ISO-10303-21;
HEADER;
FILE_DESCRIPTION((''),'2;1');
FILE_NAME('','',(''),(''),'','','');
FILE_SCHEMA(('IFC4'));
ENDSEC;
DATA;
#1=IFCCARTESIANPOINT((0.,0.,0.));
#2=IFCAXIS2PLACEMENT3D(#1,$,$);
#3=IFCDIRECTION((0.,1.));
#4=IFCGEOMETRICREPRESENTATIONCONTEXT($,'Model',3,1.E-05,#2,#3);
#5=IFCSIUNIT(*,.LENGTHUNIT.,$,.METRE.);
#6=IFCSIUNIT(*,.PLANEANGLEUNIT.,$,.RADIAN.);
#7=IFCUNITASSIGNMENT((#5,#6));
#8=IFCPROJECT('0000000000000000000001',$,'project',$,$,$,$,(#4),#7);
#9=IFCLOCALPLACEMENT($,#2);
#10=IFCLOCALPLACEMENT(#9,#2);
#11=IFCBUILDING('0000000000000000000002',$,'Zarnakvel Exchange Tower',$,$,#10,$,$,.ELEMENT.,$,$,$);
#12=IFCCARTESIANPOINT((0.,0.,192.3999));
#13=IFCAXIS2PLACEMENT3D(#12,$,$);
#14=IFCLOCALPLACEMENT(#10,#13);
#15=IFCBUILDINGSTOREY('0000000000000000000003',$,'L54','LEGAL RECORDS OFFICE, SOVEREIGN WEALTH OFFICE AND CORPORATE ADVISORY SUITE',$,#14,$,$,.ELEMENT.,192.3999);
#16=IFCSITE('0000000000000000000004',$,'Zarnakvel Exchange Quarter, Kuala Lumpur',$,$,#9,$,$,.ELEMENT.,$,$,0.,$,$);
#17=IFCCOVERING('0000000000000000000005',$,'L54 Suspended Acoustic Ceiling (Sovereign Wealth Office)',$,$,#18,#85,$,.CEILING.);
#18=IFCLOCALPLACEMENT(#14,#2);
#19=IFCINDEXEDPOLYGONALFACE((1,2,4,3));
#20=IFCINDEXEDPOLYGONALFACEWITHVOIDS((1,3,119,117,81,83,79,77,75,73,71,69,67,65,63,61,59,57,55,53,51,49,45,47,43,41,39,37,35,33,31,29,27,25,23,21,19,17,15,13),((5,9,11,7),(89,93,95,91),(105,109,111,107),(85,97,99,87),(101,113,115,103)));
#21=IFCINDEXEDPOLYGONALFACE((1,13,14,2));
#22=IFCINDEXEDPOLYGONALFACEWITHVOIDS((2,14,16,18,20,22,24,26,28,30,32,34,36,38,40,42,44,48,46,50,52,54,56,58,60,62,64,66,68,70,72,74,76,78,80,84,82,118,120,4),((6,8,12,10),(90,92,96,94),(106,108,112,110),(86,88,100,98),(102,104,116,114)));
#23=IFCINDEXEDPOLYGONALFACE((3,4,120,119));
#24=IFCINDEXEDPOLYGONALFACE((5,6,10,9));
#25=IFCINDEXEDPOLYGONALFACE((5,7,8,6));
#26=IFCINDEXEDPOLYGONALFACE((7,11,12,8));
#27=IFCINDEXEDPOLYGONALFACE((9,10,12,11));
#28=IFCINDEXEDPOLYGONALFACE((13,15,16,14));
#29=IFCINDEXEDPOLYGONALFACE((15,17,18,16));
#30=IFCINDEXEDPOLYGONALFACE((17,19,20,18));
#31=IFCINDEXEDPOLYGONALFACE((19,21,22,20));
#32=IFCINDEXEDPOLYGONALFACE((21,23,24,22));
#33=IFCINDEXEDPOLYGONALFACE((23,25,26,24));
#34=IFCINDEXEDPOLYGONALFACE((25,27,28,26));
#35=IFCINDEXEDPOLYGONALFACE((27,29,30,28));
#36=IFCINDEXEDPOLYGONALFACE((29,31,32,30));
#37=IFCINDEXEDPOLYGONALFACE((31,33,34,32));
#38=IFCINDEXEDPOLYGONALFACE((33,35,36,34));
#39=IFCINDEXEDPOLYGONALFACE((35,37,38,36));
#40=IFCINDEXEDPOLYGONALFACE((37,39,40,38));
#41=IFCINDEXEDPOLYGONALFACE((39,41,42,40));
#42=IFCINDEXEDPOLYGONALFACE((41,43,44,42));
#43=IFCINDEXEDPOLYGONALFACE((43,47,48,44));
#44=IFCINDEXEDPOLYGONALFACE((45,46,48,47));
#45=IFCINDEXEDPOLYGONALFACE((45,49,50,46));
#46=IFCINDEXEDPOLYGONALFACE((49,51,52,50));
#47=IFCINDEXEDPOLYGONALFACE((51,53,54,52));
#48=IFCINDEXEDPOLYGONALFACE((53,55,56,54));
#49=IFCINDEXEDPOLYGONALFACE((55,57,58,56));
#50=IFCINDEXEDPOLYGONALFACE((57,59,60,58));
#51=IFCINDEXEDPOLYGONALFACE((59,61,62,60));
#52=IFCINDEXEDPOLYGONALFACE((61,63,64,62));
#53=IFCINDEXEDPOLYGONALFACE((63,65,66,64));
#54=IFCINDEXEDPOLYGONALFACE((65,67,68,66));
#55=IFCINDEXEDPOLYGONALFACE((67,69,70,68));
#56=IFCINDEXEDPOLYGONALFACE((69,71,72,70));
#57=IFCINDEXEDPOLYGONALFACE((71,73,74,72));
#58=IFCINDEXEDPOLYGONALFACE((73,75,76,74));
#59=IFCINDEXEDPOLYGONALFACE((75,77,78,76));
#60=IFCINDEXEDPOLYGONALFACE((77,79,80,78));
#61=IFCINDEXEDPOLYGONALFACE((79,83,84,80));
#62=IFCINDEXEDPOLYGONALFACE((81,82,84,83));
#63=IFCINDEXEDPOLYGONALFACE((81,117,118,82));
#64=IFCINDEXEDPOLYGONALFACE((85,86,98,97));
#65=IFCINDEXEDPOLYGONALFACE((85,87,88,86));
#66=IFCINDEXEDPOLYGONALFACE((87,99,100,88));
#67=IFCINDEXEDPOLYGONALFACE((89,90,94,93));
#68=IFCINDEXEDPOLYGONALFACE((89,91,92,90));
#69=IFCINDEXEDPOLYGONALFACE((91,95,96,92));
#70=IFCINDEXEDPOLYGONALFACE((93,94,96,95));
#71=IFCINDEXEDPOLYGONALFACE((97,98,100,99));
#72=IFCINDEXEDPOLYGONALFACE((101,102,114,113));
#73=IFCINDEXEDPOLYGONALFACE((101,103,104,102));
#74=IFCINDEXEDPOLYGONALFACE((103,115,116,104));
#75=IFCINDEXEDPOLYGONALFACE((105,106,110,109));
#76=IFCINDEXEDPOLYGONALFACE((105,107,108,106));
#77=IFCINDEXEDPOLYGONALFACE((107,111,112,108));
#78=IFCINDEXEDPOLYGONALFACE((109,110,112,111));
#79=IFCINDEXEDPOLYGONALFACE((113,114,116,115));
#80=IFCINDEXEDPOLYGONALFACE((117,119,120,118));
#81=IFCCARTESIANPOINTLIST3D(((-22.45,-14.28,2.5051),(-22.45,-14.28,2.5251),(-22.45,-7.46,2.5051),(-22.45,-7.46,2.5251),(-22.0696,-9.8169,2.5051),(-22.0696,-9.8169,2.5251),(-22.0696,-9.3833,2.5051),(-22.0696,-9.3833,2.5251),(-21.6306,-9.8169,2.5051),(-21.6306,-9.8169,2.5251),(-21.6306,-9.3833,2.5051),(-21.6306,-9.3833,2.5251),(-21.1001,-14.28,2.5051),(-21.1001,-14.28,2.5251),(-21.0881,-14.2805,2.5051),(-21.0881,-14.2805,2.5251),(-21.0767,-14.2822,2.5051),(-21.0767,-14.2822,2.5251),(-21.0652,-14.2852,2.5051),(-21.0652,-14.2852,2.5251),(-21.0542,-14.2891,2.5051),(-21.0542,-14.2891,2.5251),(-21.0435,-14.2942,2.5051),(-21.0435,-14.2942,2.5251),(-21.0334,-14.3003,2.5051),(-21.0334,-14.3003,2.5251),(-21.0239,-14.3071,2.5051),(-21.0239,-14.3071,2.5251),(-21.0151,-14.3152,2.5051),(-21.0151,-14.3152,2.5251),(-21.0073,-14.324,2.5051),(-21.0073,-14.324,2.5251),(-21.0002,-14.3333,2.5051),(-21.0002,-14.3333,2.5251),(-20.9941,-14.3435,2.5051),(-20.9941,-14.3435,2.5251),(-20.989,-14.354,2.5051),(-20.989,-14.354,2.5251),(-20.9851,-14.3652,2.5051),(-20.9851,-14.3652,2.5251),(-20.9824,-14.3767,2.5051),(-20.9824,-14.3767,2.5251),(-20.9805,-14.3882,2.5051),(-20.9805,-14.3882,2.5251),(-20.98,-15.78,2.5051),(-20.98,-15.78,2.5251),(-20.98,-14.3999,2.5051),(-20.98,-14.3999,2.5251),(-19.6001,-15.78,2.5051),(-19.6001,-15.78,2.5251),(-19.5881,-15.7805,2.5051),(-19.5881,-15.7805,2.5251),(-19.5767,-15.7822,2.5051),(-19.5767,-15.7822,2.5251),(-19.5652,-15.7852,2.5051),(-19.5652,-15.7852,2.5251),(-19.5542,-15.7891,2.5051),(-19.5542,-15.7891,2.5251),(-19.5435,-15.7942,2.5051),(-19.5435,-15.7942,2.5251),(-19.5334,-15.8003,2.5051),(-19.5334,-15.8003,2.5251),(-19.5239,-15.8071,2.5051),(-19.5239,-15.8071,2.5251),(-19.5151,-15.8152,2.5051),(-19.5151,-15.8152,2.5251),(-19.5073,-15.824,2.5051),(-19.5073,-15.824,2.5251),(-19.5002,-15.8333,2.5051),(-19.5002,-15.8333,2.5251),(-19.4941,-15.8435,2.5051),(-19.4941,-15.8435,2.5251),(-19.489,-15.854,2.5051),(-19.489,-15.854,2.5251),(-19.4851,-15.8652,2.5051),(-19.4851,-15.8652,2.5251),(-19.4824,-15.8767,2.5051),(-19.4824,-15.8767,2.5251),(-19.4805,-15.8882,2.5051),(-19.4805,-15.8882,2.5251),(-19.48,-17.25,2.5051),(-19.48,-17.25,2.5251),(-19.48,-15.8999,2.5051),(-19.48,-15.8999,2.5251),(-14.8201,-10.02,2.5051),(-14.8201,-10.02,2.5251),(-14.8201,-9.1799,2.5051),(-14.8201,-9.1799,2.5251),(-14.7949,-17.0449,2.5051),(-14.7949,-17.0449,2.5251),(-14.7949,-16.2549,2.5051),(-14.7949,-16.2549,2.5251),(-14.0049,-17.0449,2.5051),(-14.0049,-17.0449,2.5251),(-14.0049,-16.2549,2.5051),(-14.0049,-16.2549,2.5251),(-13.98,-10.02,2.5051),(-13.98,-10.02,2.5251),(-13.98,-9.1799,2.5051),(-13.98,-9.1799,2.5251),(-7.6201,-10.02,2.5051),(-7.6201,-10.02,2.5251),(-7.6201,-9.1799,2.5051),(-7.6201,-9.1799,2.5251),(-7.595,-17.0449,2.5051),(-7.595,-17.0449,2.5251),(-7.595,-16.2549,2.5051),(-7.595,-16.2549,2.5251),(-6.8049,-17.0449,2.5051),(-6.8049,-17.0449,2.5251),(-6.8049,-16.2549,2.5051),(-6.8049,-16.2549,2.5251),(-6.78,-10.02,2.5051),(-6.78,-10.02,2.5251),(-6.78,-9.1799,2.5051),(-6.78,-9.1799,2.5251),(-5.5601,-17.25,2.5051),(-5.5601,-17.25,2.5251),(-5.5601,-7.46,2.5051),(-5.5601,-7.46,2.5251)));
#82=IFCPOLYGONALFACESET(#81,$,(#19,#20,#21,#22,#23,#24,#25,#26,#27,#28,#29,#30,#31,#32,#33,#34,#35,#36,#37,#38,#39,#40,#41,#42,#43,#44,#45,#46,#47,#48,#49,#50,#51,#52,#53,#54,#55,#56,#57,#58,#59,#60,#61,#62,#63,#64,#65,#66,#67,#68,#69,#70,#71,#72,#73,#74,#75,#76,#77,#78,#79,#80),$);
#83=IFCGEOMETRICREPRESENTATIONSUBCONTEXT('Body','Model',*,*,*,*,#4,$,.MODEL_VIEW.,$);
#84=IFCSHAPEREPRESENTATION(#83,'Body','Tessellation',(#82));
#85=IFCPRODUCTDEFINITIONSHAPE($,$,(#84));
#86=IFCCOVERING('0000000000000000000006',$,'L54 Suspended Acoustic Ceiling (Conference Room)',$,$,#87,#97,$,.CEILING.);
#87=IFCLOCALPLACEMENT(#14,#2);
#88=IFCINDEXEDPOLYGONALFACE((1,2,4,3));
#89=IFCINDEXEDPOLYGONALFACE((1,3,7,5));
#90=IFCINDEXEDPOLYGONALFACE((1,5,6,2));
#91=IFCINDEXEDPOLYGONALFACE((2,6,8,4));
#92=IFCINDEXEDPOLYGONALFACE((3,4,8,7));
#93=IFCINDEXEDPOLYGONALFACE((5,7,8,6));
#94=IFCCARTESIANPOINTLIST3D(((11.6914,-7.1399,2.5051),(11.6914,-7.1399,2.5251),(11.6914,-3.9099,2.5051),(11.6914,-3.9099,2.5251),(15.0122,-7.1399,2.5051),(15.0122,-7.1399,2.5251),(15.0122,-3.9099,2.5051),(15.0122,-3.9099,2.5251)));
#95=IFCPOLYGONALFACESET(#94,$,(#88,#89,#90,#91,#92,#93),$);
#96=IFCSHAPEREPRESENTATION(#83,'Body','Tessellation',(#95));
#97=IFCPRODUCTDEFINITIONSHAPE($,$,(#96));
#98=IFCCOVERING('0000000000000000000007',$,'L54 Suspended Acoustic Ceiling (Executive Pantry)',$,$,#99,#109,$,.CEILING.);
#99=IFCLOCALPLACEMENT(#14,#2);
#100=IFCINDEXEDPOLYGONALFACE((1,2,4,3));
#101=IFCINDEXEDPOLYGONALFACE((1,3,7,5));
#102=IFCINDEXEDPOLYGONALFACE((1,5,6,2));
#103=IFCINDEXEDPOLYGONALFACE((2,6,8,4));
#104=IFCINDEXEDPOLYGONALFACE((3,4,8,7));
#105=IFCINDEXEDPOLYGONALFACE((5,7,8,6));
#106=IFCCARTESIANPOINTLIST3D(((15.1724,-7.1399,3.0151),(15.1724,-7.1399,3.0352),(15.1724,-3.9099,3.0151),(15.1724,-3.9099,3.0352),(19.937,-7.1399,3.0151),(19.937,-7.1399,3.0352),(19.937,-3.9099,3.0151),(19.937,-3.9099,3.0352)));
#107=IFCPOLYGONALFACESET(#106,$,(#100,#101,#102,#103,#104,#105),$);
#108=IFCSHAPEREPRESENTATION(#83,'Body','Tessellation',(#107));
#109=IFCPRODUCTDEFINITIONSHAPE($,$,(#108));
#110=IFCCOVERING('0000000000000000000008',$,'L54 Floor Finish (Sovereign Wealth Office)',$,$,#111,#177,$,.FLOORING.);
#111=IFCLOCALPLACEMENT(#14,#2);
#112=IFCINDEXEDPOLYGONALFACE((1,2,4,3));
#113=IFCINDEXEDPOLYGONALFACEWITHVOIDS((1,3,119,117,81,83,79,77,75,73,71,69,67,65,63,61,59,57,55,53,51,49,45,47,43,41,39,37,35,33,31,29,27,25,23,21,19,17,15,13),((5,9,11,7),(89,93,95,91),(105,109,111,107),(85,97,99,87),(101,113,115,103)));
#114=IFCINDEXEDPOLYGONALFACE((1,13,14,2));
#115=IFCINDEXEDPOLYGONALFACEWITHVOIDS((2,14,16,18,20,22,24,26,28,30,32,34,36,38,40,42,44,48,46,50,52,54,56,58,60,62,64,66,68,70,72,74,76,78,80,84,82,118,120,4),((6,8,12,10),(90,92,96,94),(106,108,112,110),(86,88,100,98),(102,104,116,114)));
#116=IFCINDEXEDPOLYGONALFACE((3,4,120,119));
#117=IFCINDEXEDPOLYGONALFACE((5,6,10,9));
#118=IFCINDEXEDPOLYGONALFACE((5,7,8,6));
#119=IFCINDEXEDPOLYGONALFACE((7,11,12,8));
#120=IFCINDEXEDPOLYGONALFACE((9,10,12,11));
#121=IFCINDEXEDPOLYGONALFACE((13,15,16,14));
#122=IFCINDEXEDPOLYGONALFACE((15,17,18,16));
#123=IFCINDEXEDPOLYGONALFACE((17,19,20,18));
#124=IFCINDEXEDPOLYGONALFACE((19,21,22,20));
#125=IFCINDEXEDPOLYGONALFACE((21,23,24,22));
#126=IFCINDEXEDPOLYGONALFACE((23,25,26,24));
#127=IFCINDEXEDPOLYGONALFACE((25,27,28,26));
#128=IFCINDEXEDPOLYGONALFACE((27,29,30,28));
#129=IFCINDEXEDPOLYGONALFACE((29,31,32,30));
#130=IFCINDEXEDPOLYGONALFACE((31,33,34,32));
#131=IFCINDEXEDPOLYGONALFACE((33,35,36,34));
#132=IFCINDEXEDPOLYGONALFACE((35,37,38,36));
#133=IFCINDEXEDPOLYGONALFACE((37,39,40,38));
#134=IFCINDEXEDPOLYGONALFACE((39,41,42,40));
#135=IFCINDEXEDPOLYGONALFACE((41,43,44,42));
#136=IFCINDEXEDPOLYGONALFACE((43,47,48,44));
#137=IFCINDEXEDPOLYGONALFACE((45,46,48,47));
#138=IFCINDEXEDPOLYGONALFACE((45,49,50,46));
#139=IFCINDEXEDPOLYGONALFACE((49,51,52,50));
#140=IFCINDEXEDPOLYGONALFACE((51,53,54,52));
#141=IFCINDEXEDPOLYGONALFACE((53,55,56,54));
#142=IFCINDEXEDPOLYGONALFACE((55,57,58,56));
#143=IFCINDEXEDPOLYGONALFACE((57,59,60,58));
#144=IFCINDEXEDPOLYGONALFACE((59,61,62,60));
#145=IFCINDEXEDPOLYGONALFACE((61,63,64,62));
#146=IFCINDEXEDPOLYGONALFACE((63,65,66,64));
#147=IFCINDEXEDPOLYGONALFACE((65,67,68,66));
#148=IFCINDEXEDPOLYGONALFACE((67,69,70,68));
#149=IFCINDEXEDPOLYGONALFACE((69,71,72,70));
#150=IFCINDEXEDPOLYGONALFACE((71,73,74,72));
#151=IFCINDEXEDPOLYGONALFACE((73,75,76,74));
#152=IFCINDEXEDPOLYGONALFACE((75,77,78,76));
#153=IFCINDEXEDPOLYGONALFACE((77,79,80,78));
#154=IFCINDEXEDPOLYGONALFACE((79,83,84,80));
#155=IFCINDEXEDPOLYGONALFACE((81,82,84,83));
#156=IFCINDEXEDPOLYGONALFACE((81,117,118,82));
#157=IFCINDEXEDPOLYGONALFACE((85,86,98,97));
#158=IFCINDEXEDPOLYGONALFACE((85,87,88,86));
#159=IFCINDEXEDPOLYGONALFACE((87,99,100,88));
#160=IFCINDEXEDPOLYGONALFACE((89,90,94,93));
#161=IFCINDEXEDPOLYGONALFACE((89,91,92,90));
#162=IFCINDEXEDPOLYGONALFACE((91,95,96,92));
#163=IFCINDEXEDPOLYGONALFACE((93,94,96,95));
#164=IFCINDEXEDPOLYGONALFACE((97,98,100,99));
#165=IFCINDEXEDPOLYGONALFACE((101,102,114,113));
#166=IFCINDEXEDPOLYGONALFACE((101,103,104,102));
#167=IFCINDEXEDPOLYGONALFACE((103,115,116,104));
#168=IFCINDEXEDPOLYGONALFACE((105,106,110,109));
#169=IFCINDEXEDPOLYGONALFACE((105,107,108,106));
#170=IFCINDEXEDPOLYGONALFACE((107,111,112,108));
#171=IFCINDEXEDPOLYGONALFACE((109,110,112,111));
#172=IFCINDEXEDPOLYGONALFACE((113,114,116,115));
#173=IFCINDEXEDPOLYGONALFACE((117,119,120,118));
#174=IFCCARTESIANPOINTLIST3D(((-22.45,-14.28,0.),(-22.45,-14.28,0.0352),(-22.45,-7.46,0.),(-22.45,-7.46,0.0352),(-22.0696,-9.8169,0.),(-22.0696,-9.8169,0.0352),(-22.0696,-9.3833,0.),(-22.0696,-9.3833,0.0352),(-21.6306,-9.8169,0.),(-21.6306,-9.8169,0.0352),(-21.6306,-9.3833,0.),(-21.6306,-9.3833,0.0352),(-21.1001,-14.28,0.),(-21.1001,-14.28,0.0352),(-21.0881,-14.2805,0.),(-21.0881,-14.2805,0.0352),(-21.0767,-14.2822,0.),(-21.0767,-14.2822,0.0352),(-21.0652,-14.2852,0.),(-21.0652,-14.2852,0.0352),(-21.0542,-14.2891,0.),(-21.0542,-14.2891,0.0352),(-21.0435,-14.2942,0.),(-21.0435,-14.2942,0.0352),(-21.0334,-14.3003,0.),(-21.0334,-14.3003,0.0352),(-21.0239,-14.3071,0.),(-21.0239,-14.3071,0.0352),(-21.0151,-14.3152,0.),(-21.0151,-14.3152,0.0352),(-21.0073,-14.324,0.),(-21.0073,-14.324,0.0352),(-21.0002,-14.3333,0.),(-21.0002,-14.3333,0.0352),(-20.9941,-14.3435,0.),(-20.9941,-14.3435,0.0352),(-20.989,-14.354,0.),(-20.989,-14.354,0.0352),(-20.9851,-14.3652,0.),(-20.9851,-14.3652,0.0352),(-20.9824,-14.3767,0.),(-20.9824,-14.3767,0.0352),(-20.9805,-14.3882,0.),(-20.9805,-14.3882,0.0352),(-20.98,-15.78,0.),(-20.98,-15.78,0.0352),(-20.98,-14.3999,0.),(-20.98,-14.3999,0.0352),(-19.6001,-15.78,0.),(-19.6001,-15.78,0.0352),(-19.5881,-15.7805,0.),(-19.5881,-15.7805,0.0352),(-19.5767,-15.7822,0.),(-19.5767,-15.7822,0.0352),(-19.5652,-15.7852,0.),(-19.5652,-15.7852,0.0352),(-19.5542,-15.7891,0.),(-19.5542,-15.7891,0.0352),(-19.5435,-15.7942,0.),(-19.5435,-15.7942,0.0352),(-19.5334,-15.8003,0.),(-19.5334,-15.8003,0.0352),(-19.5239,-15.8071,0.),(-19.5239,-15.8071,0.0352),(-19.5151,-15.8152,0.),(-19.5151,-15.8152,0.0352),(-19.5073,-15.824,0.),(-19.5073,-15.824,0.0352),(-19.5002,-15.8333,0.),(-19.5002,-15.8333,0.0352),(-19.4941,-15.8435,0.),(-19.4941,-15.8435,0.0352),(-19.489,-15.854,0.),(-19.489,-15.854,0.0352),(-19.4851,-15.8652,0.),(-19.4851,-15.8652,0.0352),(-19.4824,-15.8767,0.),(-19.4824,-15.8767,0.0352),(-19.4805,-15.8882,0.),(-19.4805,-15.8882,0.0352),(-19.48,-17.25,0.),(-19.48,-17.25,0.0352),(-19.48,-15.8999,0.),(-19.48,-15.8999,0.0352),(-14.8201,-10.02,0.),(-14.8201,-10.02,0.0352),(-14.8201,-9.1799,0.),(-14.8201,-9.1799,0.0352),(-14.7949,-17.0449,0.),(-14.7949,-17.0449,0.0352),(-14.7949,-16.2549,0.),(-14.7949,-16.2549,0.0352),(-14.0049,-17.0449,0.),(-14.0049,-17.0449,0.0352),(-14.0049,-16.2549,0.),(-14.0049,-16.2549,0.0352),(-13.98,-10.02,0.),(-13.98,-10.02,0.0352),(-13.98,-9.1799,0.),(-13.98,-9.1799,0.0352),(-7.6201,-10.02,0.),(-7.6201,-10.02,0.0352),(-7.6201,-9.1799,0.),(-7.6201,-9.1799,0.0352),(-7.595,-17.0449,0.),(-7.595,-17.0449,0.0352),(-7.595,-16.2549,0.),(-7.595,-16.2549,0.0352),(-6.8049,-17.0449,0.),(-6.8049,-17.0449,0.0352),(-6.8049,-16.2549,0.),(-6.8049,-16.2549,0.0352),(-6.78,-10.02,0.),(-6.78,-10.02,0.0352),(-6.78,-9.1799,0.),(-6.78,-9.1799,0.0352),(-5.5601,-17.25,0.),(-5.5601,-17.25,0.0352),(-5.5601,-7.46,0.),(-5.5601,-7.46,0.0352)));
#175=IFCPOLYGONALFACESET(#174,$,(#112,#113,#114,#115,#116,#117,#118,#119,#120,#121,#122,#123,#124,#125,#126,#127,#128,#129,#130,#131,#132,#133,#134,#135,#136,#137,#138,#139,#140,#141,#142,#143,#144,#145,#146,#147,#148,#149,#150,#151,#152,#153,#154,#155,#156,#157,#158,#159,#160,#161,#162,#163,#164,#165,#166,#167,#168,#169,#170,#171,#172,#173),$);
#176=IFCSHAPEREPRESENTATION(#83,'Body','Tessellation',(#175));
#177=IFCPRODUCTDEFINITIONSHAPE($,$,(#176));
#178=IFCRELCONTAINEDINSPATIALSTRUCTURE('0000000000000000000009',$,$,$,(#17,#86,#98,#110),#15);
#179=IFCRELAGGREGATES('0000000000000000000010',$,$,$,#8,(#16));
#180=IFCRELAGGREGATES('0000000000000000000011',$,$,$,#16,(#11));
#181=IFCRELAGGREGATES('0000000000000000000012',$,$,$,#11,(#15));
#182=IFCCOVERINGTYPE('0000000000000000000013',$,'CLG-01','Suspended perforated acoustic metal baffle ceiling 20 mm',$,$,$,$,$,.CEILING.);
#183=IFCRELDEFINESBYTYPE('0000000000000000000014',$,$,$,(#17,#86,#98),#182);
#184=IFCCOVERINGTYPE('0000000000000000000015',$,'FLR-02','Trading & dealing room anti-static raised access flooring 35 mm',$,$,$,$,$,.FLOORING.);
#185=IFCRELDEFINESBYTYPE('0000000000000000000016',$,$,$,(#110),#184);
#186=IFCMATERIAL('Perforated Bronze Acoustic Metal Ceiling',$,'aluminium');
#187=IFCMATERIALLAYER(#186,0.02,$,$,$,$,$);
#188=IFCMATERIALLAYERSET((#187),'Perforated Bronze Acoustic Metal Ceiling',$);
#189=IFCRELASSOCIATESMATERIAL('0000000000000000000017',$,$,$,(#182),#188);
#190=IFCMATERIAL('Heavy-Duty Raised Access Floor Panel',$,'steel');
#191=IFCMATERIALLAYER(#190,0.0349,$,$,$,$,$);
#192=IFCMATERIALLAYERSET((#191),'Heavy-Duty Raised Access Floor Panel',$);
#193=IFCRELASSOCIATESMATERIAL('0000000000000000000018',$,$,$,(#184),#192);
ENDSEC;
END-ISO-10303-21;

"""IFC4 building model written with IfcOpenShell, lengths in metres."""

from ifc_helpers import new_model, si_unit, direction, frame, origin, place, context, subcontext, project, spatial, polyline, outline, extrude, material, layer, layer_set, type_object, element, save


model = new_model("IFC4")

# Units and contexts
model_context = context("Model", 3, precision=1e-05, world=origin(), true_north=direction((0.0, 1.0)))
body_context = subcontext(model_context, "Body", "Model", "MODEL_VIEW")
ifc_project = project(units=[si_unit("LENGTHUNIT", "METRE"), si_unit("PLANEANGLEUNIT", "RADIAN")], contexts=[model_context])

# Site, building, storey
site_placement = place(None, origin())
site = spatial("IfcSite", under=ifc_project, at=site_placement, Name="Zarnakvel Exchange Quarter, Kuala Lumpur", CompositionType="ELEMENT", RefElevation=0.0)
building_placement = place(site_placement, origin())
building = spatial("IfcBuilding", under=site, at=building_placement, Name="Zarnakvel Exchange Tower", CompositionType="ELEMENT")
storey_placement = place(building_placement, frame((0.0, 0.0, 192.3999)))
storey = spatial("IfcBuildingStorey", under=building, at=storey_placement, Name="L54", Description="LEGAL RECORDS OFFICE, SOVEREIGN WEALTH OFFICE AND CORPORATE ADVISORY SUITE", CompositionType="ELEMENT", Elevation=192.3999)

# Coverings
ifc_material_1 = material(Name="Perforated Bronze Acoustic Metal Ceiling", Category="aluminium")
ifc_layer_1 = layer(ifc_material_1, 0.02)
ifc_layer_set_1 = layer_set([ifc_layer_1], Name="Perforated Bronze Acoustic Metal Ceiling")
covering_type_1 = type_object("IfcCoveringType", Name="CLG-01", Description="Suspended perforated acoustic metal baffle ceiling 20 mm", PredefinedType="CEILING", material=ifc_layer_set_1)
covering_1_placement = place(storey_placement, frame((0.0, 0.0, 2.5051)))
element("IfcCovering", 1, at=covering_1_placement, inside=storey, type_object=covering_type_1, Name="L54 Suspended Acoustic Ceiling (Sovereign Wealth Office)", PredefinedType="CEILING", context=body_context, shape_type="SweptSolid", body=[
    extrude(outline(polyline([(-5.5601, -7.46), (-5.5601, -17.25), (-19.48, -17.25), (-19.48, -15.8999), (-19.4805, -15.8882), (-19.4824, -15.8767), (-19.4851, -15.8652), (-19.489, -15.854), (-19.4941, -15.8435), (-19.5002, -15.8333), (-19.5073, -15.824), (-19.5151, -15.8152), (-19.5239, -15.8071), (-19.5334, -15.8003), (-19.5435, -15.7942), (-19.5542, -15.7891), (-19.5652, -15.7852), (-19.5767, -15.7822), (-19.5881, -15.7805), (-19.6001, -15.78), (-20.98, -15.78), (-20.98, -14.3999), (-20.9805, -14.3882), (-20.9824, -14.3767), (-20.9851, -14.3652), (-20.989, -14.354), (-20.9941, -14.3435), (-21.0002, -14.3333), (-21.0073, -14.324), (-21.0151, -14.3152), (-21.0239, -14.3071), (-21.0334, -14.3003), (-21.0435, -14.2942), (-21.0542, -14.2891), (-21.0652, -14.2852), (-21.0767, -14.2822), (-21.0881, -14.2805), (-21.1001, -14.28), (-22.45, -14.28), (-22.45, -7.46), (-5.5601, -7.46)]), holes=[polyline([(-6.78, -10.02), (-6.78, -9.1799), (-7.6201, -9.1799), (-7.6201, -10.02), (-6.78, -10.02)]), polyline([(-6.8049, -17.0449), (-6.8049, -16.2549), (-7.595, -16.2549), (-7.595, -17.0449), (-6.8049, -17.0449)]), polyline([(-13.98, -10.02), (-13.98, -9.1799), (-14.8201, -9.1799), (-14.8201, -10.02), (-13.98, -10.02)]), polyline([(-14.0049, -16.2549), (-14.7949, -16.2549), (-14.7949, -17.0449), (-14.0049, -17.0449), (-14.0049, -16.2549)]), polyline([(-21.6306, -9.8169), (-21.6306, -9.3833), (-22.0696, -9.3833), (-22.0696, -9.8169), (-21.6306, -9.8169)])]), origin(), (0.0, 0.0, 1.0), 0.02),
])
covering_2_placement = place(storey_placement, frame((0.0, 0.0, 2.5051)))
element("IfcCovering", 2, at=covering_2_placement, inside=storey, type_object=covering_type_1, Name="L54 Suspended Acoustic Ceiling (Conference Room)", PredefinedType="CEILING", context=body_context, shape_type="SweptSolid", body=[
    extrude(outline(polyline([(11.6914, -3.9099), (15.0122, -3.9099), (15.0122, -7.1399), (11.6914, -7.1399), (11.6914, -3.9099)])), origin(), (0.0, 0.0, 1.0), 0.02),
])
covering_3_placement = place(storey_placement, frame((0.0, 0.0, 3.0151)))
element("IfcCovering", 3, at=covering_3_placement, inside=storey, type_object=covering_type_1, Name="L54 Suspended Acoustic Ceiling (Executive Pantry)", PredefinedType="CEILING", context=body_context, shape_type="SweptSolid", body=[
    extrude(outline(polyline([(15.1724, -3.9099), (19.937, -3.9099), (19.937, -7.1399), (15.1724, -7.1399), (15.1724, -3.9099)])), origin(), (0.0, 0.0, 1.0), 0.02),
])
ifc_material_2 = material(Name="Heavy-Duty Raised Access Floor Panel", Category="steel")
ifc_layer_2 = layer(ifc_material_2, 0.0349)
ifc_layer_set_2 = layer_set([ifc_layer_2], Name="Heavy-Duty Raised Access Floor Panel")
covering_type_2 = type_object("IfcCoveringType", Name="FLR-02", Description="Trading & dealing room anti-static raised access flooring 35 mm", PredefinedType="FLOORING", material=ifc_layer_set_2)
covering_4_placement = place(storey_placement, origin())
element("IfcCovering", 4, at=covering_4_placement, inside=storey, type_object=covering_type_2, Name="L54 Floor Finish (Sovereign Wealth Office)", PredefinedType="FLOORING", context=body_context, shape_type="SweptSolid", body=[
    extrude(outline(polyline([(-5.5601, -7.46), (-5.5601, -17.25), (-19.48, -17.25), (-19.48, -15.8999), (-19.4805, -15.8882), (-19.4824, -15.8767), (-19.4851, -15.8652), (-19.489, -15.854), (-19.4941, -15.8435), (-19.5002, -15.8333), (-19.5073, -15.824), (-19.5151, -15.8152), (-19.5239, -15.8071), (-19.5334, -15.8003), (-19.5435, -15.7942), (-19.5542, -15.7891), (-19.5652, -15.7852), (-19.5767, -15.7822), (-19.5881, -15.7805), (-19.6001, -15.78), (-20.98, -15.78), (-20.98, -14.3999), (-20.9805, -14.3882), (-20.9824, -14.3767), (-20.9851, -14.3652), (-20.989, -14.354), (-20.9941, -14.3435), (-21.0002, -14.3333), (-21.0073, -14.324), (-21.0151, -14.3152), (-21.0239, -14.3071), (-21.0334, -14.3003), (-21.0435, -14.2942), (-21.0542, -14.2891), (-21.0652, -14.2852), (-21.0767, -14.2822), (-21.0881, -14.2805), (-21.1001, -14.28), (-22.45, -14.28), (-22.45, -7.46), (-5.5601, -7.46)]), holes=[polyline([(-6.78, -10.02), (-6.78, -9.1799), (-7.6201, -9.1799), (-7.6201, -10.02), (-6.78, -10.02)]), polyline([(-6.8049, -17.0449), (-6.8049, -16.2549), (-7.595, -16.2549), (-7.595, -17.0449), (-6.8049, -17.0449)]), polyline([(-13.98, -10.02), (-13.98, -9.1799), (-14.8201, -9.1799), (-14.8201, -10.02), (-13.98, -10.02)]), polyline([(-14.0049, -16.2549), (-14.7949, -16.2549), (-14.7949, -17.0449), (-14.0049, -17.0449), (-14.0049, -16.2549)]), polyline([(-21.6306, -9.8169), (-21.6306, -9.3833), (-22.0696, -9.3833), (-22.0696, -9.8169), (-21.6306, -9.8169)])]), origin(), (0.0, 0.0, 1.0), 0.0352),
])

save(model, "model.ifc")
